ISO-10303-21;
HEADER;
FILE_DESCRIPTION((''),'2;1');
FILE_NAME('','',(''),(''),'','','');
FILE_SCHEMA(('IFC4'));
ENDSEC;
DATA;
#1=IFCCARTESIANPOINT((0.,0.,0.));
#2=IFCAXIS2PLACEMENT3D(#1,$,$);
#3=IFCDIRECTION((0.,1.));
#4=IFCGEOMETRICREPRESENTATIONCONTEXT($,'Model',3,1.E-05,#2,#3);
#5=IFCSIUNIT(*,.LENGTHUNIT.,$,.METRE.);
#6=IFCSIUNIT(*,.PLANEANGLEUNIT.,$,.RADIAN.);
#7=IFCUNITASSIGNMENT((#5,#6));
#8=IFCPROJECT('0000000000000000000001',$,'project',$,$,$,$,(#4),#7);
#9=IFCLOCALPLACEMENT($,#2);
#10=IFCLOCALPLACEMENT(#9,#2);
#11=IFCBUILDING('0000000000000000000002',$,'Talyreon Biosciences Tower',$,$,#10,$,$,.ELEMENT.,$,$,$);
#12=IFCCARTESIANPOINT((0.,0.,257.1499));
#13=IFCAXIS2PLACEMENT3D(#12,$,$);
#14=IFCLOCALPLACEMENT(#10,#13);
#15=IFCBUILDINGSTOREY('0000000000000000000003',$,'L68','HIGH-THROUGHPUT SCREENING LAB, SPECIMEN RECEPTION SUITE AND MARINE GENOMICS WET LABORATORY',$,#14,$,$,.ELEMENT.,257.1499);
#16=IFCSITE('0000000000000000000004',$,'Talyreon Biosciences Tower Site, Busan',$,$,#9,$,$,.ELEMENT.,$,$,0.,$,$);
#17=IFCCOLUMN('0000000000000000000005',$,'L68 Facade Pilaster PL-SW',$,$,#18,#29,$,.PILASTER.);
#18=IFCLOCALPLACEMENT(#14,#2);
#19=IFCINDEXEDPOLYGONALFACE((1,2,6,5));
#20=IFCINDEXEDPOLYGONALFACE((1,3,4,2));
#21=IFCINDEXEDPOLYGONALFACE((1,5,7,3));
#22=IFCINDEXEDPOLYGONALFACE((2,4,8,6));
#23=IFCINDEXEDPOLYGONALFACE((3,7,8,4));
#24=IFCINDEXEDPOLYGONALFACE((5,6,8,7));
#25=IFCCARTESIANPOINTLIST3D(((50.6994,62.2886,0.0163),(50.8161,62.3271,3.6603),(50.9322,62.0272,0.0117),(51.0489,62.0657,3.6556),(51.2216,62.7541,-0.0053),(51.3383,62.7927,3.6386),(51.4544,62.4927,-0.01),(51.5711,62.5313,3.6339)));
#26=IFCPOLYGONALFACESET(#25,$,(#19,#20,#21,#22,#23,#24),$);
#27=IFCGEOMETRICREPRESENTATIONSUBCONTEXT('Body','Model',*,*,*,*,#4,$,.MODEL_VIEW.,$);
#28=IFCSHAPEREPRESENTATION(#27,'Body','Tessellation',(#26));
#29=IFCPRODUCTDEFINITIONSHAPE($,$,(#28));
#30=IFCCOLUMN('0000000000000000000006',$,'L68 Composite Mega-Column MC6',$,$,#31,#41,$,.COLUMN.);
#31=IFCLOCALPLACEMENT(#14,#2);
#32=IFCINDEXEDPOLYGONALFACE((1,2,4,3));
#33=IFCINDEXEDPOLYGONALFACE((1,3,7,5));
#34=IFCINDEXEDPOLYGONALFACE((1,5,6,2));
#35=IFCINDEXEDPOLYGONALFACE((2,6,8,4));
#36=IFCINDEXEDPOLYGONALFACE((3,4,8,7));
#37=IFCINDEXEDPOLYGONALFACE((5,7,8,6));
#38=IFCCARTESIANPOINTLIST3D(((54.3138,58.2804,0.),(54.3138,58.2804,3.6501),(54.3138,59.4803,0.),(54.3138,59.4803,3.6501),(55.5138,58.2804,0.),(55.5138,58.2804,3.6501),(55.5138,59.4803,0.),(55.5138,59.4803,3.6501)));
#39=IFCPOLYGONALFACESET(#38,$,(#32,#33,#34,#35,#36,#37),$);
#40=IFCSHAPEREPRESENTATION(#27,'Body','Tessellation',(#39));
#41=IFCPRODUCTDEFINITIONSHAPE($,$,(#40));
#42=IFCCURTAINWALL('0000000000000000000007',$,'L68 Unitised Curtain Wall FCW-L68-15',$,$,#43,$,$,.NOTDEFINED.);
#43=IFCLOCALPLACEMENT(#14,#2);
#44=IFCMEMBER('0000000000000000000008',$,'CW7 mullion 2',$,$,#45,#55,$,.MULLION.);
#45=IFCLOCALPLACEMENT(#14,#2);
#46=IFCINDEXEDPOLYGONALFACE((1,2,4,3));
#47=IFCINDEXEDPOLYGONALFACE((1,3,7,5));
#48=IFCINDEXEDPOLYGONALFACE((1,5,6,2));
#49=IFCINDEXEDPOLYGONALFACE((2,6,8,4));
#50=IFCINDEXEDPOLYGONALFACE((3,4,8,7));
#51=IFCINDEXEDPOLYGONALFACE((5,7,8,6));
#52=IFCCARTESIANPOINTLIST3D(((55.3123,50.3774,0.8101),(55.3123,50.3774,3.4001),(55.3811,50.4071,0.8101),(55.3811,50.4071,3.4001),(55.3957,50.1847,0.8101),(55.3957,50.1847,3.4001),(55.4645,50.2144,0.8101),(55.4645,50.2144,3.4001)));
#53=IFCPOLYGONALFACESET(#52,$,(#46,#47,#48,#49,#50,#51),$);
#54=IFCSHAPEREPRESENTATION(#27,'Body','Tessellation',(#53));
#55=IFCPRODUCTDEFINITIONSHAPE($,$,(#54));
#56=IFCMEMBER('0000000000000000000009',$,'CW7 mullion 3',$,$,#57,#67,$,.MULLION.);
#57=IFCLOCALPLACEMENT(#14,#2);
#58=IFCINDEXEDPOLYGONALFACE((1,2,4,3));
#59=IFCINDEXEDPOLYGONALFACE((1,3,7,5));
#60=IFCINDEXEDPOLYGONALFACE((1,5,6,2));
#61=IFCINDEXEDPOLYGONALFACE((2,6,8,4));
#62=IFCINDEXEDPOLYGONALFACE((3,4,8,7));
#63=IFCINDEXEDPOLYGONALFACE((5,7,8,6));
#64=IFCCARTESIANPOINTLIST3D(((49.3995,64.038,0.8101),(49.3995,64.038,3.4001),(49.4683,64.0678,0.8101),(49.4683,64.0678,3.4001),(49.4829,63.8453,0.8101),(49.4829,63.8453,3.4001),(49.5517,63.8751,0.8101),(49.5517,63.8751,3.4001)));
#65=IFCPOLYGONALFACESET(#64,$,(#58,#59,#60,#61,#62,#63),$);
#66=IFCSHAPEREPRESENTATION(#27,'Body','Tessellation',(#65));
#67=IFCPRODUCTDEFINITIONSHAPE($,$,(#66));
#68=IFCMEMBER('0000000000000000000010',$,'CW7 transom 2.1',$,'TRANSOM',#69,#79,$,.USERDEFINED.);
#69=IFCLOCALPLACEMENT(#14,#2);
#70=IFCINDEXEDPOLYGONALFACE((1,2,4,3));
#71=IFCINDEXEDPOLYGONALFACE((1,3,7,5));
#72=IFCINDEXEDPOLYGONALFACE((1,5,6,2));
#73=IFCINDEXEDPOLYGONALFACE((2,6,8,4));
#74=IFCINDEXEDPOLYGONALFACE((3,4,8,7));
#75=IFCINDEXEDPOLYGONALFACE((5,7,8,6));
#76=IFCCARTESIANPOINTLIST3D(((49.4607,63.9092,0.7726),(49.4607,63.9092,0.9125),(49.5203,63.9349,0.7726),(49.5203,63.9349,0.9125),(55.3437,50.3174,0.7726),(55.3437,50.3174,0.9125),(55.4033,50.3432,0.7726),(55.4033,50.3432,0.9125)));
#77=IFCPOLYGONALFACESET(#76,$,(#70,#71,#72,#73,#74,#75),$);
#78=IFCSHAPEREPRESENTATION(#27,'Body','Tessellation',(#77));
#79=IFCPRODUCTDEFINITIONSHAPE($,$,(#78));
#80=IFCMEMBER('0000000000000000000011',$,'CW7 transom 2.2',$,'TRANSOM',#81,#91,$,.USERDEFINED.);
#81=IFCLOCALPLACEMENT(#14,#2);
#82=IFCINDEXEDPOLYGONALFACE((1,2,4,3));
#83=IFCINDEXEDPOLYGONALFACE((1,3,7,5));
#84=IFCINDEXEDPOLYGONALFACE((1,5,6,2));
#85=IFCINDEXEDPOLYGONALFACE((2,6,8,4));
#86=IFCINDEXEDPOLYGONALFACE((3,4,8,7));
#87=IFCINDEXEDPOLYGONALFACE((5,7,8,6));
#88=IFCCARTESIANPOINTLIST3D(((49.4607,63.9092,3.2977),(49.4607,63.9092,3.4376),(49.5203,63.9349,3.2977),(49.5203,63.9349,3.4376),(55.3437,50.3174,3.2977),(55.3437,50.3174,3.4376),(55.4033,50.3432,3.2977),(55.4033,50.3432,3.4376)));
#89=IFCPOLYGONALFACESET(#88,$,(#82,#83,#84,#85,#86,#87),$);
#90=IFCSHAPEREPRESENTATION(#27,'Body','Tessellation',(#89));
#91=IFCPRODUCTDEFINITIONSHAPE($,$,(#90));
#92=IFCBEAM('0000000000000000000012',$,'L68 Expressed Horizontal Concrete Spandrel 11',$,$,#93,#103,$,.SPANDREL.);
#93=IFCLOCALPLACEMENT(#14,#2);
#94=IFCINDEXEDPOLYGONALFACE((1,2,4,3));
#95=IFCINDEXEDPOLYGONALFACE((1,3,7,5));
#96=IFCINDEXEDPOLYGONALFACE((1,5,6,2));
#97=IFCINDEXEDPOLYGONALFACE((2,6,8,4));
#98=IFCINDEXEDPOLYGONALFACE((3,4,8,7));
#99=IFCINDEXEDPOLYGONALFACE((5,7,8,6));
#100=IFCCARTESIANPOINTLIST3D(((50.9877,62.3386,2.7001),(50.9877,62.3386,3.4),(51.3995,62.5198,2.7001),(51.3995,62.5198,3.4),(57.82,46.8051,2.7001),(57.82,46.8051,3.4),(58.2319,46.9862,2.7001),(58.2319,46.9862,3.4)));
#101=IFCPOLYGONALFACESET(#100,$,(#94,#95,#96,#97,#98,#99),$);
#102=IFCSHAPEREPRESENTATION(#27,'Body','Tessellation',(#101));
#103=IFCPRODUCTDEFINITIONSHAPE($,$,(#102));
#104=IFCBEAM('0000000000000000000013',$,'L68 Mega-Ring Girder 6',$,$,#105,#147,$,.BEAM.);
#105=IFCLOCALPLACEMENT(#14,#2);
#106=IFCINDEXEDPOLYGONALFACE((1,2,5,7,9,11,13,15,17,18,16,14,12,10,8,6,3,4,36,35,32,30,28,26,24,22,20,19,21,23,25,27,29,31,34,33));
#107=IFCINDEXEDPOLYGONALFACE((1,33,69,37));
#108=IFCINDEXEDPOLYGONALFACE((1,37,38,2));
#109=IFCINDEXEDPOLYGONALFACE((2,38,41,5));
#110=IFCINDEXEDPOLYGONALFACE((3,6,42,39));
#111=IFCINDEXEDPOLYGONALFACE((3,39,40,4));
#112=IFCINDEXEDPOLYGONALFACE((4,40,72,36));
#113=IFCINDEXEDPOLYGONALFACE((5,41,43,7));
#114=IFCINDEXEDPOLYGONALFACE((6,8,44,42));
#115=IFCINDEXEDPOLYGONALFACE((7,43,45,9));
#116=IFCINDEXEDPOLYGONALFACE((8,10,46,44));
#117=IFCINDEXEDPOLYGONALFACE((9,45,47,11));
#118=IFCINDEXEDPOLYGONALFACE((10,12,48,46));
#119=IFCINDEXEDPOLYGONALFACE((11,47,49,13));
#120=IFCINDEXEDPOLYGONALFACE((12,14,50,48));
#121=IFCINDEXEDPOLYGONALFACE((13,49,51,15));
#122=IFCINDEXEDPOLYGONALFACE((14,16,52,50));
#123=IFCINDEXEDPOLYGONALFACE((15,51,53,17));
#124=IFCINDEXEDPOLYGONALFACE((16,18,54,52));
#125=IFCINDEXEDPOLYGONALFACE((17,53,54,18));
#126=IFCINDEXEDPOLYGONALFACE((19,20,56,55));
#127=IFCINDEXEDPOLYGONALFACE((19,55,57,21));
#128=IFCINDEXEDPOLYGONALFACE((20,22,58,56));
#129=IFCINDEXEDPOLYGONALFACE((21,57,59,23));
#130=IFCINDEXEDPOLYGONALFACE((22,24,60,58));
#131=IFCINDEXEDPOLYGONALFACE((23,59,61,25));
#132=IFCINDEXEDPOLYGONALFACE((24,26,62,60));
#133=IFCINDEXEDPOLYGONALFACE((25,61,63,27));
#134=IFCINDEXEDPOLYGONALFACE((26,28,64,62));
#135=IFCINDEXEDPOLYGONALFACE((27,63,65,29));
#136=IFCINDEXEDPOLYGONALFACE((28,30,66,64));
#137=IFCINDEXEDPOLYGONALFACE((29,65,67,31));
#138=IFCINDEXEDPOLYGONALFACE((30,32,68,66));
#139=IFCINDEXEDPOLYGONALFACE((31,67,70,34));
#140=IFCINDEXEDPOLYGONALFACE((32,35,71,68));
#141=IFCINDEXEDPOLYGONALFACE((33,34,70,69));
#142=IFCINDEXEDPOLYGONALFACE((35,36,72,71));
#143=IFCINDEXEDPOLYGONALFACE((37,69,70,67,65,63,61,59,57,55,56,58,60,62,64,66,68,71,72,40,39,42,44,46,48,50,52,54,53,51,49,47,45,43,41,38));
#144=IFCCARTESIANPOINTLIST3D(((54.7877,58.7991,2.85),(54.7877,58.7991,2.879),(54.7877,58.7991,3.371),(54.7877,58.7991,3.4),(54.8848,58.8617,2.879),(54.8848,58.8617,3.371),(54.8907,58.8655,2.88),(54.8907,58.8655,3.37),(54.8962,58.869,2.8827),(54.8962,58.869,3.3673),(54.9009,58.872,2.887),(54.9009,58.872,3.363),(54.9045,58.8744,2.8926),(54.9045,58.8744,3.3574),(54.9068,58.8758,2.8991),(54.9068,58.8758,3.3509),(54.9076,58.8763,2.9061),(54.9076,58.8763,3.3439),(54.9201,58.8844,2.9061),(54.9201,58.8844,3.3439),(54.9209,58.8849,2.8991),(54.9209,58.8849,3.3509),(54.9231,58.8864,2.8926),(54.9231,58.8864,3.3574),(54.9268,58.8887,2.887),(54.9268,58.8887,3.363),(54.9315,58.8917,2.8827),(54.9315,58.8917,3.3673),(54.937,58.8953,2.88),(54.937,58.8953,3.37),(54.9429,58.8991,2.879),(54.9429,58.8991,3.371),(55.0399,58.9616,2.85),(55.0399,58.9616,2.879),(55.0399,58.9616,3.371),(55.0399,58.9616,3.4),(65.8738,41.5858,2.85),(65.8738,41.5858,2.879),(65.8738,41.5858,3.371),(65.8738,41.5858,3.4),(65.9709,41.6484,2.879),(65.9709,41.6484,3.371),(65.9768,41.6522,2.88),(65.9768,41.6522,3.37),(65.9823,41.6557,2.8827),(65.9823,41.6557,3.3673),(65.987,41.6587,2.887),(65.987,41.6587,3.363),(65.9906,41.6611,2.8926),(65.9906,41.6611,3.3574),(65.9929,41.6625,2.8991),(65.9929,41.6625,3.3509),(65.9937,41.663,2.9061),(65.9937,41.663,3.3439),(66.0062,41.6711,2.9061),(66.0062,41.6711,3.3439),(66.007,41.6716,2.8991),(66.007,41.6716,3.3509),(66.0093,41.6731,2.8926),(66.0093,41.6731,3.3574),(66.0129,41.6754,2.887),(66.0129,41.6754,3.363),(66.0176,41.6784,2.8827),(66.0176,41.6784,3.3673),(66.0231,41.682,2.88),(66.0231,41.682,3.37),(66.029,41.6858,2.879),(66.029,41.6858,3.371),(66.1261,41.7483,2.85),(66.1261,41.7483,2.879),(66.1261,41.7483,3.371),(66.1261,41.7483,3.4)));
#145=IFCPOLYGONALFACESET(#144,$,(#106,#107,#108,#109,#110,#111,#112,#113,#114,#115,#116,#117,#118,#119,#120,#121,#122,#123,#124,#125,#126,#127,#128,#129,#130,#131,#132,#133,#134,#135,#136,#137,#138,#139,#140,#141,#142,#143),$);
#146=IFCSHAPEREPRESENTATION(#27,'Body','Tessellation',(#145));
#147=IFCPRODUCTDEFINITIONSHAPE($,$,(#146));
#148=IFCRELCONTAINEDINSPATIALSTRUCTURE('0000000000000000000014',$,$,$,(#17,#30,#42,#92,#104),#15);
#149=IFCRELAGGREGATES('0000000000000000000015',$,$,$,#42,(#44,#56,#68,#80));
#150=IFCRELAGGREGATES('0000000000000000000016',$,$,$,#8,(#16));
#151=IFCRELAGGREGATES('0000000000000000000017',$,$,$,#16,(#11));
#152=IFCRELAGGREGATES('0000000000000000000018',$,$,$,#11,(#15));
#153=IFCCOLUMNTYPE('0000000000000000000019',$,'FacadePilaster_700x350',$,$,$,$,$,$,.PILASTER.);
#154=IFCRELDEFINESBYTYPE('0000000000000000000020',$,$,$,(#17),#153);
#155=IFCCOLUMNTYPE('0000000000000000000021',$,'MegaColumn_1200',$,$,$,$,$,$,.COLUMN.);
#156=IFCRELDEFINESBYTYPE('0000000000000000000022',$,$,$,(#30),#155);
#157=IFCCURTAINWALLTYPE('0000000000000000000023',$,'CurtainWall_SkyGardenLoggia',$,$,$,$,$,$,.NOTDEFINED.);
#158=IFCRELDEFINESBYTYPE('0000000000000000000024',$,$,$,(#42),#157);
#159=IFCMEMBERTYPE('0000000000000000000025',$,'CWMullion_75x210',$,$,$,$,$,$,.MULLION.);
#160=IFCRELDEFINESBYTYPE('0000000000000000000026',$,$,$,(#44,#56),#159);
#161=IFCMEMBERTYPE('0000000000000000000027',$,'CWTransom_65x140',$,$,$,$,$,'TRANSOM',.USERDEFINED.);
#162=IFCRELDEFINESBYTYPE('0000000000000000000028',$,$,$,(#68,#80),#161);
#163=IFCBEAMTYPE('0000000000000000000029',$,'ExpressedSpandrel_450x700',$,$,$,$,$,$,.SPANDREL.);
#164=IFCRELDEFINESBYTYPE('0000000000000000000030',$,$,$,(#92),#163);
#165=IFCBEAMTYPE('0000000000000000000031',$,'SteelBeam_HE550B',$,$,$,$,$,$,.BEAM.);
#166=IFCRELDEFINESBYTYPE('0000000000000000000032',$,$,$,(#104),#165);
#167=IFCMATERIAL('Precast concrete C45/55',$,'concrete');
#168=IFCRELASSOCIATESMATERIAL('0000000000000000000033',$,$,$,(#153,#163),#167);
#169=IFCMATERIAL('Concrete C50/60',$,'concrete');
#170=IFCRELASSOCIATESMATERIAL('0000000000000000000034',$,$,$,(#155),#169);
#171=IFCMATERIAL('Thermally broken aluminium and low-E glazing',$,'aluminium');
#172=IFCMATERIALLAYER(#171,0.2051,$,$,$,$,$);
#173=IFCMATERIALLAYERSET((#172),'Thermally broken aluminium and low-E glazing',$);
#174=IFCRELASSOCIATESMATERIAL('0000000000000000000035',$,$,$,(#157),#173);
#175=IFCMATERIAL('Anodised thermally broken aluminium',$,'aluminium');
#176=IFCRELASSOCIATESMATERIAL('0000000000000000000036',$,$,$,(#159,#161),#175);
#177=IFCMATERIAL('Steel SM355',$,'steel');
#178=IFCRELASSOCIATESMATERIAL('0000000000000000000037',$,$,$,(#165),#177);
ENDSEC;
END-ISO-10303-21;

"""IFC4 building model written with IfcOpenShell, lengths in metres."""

from ifc_helpers import new_model, si_unit, direction, frame, origin, origin_2d, place, context, subcontext, project, spatial, rectangle, i_section, extrude, material, layer, layer_set, material_profile, profile_set, type_object, element, aggregate, save


model = new_model("IFC4")

# Units and contexts
model_context = context("Model", 3, precision=1e-05, world=origin(), true_north=direction((0.0, 1.0)))
body_context = subcontext(model_context, "Body", "Model", "MODEL_VIEW")
ifc_project = project(units=[si_unit("LENGTHUNIT", "METRE"), si_unit("PLANEANGLEUNIT", "RADIAN")], contexts=[model_context])

# Site, building, storey
site_placement = place(None, origin())
site = spatial("IfcSite", under=ifc_project, at=site_placement, Name="Talyreon Biosciences Tower Site, Busan", CompositionType="ELEMENT", RefElevation=0.0)
building_placement = place(site_placement, origin())
building = spatial("IfcBuilding", under=site, at=building_placement, Name="Talyreon Biosciences Tower", CompositionType="ELEMENT")
storey_placement = place(building_placement, frame((0.0, 0.0, 257.1499)))
storey = spatial("IfcBuildingStorey", under=building, at=storey_placement, Name="L68", Description="HIGH-THROUGHPUT SCREENING LAB, SPECIMEN RECEPTION SUITE AND MARINE GENOMICS WET LABORATORY", CompositionType="ELEMENT", Elevation=257.1499)

# Columns
ifc_material_1 = material(Name="Precast concrete C45/55", Category="concrete")
ifc_material_profile_1 = material_profile(ifc_material_1, rectangle(XDim=0.7, YDim=0.3501, at=origin_2d()), Name="RC 700x350")
ifc_profile_set_1 = profile_set([ifc_material_profile_1], Name="Precast concrete C45/55")
column_type_1 = type_object("IfcColumnType", Name="FacadePilaster_700x350", PredefinedType="PILASTER", material=ifc_profile_set_1)
column_1_placement = place(storey_placement, frame((51.0769, 62.3906, 0.0032), z_axis=(0.032006, 0.01058, 0.999432), x_axis=(0.74612, 0.665093, -0.030935)))
element("IfcColumn", 1, at=column_1_placement, inside=storey, type_object=column_type_1, Name="L68 Facade Pilaster PL-SW", PredefinedType="PILASTER", context=body_context, shape_type="SweptSolid", body=[
    extrude(rectangle(XDim=0.7, YDim=0.3501, at=origin_2d()), origin(), (0.0, 0.0, 1.0), 3.646),
])
ifc_material_2 = material(Name="Concrete C50/60", Category="concrete")
ifc_material_profile_2 = material_profile(ifc_material_2, rectangle(XDim=1.2, YDim=1.2, at=origin_2d()), Name="RC 1200x1200")
ifc_profile_set_2 = profile_set([ifc_material_profile_2], Name="Concrete C50/60")
column_type_2 = type_object("IfcColumnType", Name="MegaColumn_1200", PredefinedType="COLUMN", material=ifc_profile_set_2)
column_2_placement = place(storey_placement, frame((54.9138, 58.8804, 0.0), z_axis=(0.0, 0.0, 1.0), x_axis=(1.0, 0.0, 0.0)))
element("IfcColumn", 2, at=column_2_placement, inside=storey, type_object=column_type_2, Name="L68 Composite Mega-Column MC6", PredefinedType="COLUMN", context=body_context, shape_type="SweptSolid", body=[
    extrude(rectangle(XDim=1.2, YDim=1.2, at=origin_2d()), origin(), (0.0, 0.0, 1.0), 3.6501),
])

# Curtain wall, members
ifc_material_3 = material(Name="Thermally broken aluminium and low-E glazing", Category="aluminium")
ifc_layer_1 = layer(ifc_material_3, 0.2051)
ifc_layer_set_1 = layer_set([ifc_layer_1], Name="Thermally broken aluminium and low-E glazing")
curtain_wall_type = type_object("IfcCurtainWallType", Name="CurtainWall_SkyGardenLoggia", PredefinedType="NOTDEFINED", material=ifc_layer_set_1)
curtain_wall_placement = place(storey_placement, origin())
curtain_wall = element("IfcCurtainWall", 3, at=curtain_wall_placement, inside=storey, type_object=curtain_wall_type, Name="L68 Unitised Curtain Wall FCW-L68-15", PredefinedType="NOTDEFINED")
ifc_material_4 = material(Name="Anodised thermally broken aluminium", Category="aluminium")
ifc_material_profile_3 = material_profile(ifc_material_4, rectangle(XDim=0.075, YDim=0.21, at=origin_2d()), Name="ALUM MULLION 75x210")
ifc_profile_set_3 = profile_set([ifc_material_profile_3], Name="Anodised thermally broken aluminium")
member_type_1 = type_object("IfcMemberType", Name="CWMullion_75x210", PredefinedType="MULLION", material=ifc_profile_set_3)
member_1_placement = place(storey_placement, frame((55.3884, 50.2959, 0.8101), z_axis=(0.0, 0.0, 1.0), x_axis=(-0.917723, -0.397221, 0.0)))
member_1 = element("IfcMember", 4, at=member_1_placement, type_object=member_type_1, Name="CW7 mullion 2", PredefinedType="MULLION", context=body_context, shape_type="SweptSolid", body=[
    extrude(rectangle(XDim=0.075, YDim=0.21, at=origin_2d()), origin(), (0.0, 0.0, 1.0), 2.5901),
])
member_2_placement = place(storey_placement, frame((49.4756, 63.9565, 0.8101), z_axis=(0.0, 0.0, 1.0), x_axis=(-0.917723, -0.397221, 0.0)))
member_2 = element("IfcMember", 5, at=member_2_placement, type_object=member_type_1, Name="CW7 mullion 3", PredefinedType="MULLION", context=body_context, shape_type="SweptSolid", body=[
    extrude(rectangle(XDim=0.075, YDim=0.21, at=origin_2d()), origin(), (0.0, 0.0, 1.0), 2.5901),
])
ifc_material_profile_4 = material_profile(ifc_material_4, rectangle(XDim=0.0649, YDim=0.1399, at=origin_2d()), Name="ALUM TRANSOM 65x140")
ifc_profile_set_4 = profile_set([ifc_material_profile_4], Name="Anodised thermally broken aluminium")
member_type_2 = type_object("IfcMemberType", Name="CWTransom_65x140", ElementType="TRANSOM", PredefinedType="USERDEFINED", material=ifc_profile_set_4)
member_3_placement = place(storey_placement, frame((55.3735, 50.3303, 0.8425), z_axis=(-0.397225, 0.917721, 0.0), x_axis=(-0.917721, -0.397225, 0.0)))
member_3 = element("IfcMember", 6, at=member_3_placement, type_object=member_type_2, Name="CW7 transom 2.1", ObjectType="TRANSOM", PredefinedType="USERDEFINED", context=body_context, shape_type="SweptSolid", body=[
    extrude(rectangle(XDim=0.0649, YDim=0.1399, at=origin_2d()), origin(), (0.0, 0.0, 1.0), 14.8103),
])
member_4_placement = place(storey_placement, frame((55.3735, 50.3303, 3.3677), z_axis=(-0.397225, 0.917721, 0.0), x_axis=(-0.917721, -0.397225, 0.0)))
member_4 = element("IfcMember", 7, at=member_4_placement, type_object=member_type_2, Name="CW7 transom 2.2", ObjectType="TRANSOM", PredefinedType="USERDEFINED", context=body_context, shape_type="SweptSolid", body=[
    extrude(rectangle(XDim=0.0649, YDim=0.1399, at=origin_2d()), origin(), (0.0, 0.0, 1.0), 14.8103),
])

# Beams
ifc_material_profile_5 = material_profile(ifc_material_1, rectangle(XDim=0.45, YDim=0.7, at=origin_2d()), Name="RCB 450x700")
ifc_profile_set_5 = profile_set([ifc_material_profile_5], Name="Precast concrete C45/55")
beam_type_1 = type_object("IfcBeamType", Name="ExpressedSpandrel_450x700", PredefinedType="SPANDREL", material=ifc_profile_set_5)
beam_1_placement = place(storey_placement, frame((51.1936, 62.4292, 3.05), z_axis=(0.402618, -0.915368, 0.0), x_axis=(0.915368, 0.402618, 0.0)))
element("IfcBeam", 8, at=beam_1_placement, inside=storey, type_object=beam_type_1, Name="L68 Expressed Horizontal Concrete Spandrel 11", PredefinedType="SPANDREL", context=body_context, shape_type="SweptSolid", body=[
    extrude(rectangle(XDim=0.45, YDim=0.7, at=origin_2d()), origin(), (0.0, 0.0, 1.0), 16.9697),
])
ifc_material_5 = material(Name="Steel SM355", Category="steel")
ifc_material_profile_6 = material_profile(ifc_material_5, i_section(OverallWidth=0.3, OverallDepth=0.55, WebThickness=0.0149, FlangeThickness=0.0291, FilletRadius=0.0271, at=origin_2d()), Name="HE550B")
ifc_profile_set_6 = profile_set([ifc_material_profile_6], Name="Steel SM355")
beam_type_2 = type_object("IfcBeamType", Name="SteelBeam_HE550B", PredefinedType="BEAM", material=ifc_profile_set_6)
beam_2_placement = place(storey_placement, frame((54.9138, 58.8804, 3.125), z_axis=(0.541464, -0.840724, 0.0), x_axis=(0.840724, 0.541464, 0.0)))
element("IfcBeam", 9, at=beam_2_placement, inside=storey, type_object=beam_type_2, Name="L68 Mega-Ring Girder 6", PredefinedType="BEAM", context=body_context, shape_type="SweptSolid", body=[
    extrude(i_section(OverallWidth=0.3, OverallDepth=0.55, WebThickness=0.0149, FlangeThickness=0.0291, FilletRadius=0.0271, at=origin_2d()), origin(), (0.0, 0.0, 1.0), 20.4744),
])

aggregate(curtain_wall, [member_1, member_2, member_3, member_4])

save(model, "model.ifc")
